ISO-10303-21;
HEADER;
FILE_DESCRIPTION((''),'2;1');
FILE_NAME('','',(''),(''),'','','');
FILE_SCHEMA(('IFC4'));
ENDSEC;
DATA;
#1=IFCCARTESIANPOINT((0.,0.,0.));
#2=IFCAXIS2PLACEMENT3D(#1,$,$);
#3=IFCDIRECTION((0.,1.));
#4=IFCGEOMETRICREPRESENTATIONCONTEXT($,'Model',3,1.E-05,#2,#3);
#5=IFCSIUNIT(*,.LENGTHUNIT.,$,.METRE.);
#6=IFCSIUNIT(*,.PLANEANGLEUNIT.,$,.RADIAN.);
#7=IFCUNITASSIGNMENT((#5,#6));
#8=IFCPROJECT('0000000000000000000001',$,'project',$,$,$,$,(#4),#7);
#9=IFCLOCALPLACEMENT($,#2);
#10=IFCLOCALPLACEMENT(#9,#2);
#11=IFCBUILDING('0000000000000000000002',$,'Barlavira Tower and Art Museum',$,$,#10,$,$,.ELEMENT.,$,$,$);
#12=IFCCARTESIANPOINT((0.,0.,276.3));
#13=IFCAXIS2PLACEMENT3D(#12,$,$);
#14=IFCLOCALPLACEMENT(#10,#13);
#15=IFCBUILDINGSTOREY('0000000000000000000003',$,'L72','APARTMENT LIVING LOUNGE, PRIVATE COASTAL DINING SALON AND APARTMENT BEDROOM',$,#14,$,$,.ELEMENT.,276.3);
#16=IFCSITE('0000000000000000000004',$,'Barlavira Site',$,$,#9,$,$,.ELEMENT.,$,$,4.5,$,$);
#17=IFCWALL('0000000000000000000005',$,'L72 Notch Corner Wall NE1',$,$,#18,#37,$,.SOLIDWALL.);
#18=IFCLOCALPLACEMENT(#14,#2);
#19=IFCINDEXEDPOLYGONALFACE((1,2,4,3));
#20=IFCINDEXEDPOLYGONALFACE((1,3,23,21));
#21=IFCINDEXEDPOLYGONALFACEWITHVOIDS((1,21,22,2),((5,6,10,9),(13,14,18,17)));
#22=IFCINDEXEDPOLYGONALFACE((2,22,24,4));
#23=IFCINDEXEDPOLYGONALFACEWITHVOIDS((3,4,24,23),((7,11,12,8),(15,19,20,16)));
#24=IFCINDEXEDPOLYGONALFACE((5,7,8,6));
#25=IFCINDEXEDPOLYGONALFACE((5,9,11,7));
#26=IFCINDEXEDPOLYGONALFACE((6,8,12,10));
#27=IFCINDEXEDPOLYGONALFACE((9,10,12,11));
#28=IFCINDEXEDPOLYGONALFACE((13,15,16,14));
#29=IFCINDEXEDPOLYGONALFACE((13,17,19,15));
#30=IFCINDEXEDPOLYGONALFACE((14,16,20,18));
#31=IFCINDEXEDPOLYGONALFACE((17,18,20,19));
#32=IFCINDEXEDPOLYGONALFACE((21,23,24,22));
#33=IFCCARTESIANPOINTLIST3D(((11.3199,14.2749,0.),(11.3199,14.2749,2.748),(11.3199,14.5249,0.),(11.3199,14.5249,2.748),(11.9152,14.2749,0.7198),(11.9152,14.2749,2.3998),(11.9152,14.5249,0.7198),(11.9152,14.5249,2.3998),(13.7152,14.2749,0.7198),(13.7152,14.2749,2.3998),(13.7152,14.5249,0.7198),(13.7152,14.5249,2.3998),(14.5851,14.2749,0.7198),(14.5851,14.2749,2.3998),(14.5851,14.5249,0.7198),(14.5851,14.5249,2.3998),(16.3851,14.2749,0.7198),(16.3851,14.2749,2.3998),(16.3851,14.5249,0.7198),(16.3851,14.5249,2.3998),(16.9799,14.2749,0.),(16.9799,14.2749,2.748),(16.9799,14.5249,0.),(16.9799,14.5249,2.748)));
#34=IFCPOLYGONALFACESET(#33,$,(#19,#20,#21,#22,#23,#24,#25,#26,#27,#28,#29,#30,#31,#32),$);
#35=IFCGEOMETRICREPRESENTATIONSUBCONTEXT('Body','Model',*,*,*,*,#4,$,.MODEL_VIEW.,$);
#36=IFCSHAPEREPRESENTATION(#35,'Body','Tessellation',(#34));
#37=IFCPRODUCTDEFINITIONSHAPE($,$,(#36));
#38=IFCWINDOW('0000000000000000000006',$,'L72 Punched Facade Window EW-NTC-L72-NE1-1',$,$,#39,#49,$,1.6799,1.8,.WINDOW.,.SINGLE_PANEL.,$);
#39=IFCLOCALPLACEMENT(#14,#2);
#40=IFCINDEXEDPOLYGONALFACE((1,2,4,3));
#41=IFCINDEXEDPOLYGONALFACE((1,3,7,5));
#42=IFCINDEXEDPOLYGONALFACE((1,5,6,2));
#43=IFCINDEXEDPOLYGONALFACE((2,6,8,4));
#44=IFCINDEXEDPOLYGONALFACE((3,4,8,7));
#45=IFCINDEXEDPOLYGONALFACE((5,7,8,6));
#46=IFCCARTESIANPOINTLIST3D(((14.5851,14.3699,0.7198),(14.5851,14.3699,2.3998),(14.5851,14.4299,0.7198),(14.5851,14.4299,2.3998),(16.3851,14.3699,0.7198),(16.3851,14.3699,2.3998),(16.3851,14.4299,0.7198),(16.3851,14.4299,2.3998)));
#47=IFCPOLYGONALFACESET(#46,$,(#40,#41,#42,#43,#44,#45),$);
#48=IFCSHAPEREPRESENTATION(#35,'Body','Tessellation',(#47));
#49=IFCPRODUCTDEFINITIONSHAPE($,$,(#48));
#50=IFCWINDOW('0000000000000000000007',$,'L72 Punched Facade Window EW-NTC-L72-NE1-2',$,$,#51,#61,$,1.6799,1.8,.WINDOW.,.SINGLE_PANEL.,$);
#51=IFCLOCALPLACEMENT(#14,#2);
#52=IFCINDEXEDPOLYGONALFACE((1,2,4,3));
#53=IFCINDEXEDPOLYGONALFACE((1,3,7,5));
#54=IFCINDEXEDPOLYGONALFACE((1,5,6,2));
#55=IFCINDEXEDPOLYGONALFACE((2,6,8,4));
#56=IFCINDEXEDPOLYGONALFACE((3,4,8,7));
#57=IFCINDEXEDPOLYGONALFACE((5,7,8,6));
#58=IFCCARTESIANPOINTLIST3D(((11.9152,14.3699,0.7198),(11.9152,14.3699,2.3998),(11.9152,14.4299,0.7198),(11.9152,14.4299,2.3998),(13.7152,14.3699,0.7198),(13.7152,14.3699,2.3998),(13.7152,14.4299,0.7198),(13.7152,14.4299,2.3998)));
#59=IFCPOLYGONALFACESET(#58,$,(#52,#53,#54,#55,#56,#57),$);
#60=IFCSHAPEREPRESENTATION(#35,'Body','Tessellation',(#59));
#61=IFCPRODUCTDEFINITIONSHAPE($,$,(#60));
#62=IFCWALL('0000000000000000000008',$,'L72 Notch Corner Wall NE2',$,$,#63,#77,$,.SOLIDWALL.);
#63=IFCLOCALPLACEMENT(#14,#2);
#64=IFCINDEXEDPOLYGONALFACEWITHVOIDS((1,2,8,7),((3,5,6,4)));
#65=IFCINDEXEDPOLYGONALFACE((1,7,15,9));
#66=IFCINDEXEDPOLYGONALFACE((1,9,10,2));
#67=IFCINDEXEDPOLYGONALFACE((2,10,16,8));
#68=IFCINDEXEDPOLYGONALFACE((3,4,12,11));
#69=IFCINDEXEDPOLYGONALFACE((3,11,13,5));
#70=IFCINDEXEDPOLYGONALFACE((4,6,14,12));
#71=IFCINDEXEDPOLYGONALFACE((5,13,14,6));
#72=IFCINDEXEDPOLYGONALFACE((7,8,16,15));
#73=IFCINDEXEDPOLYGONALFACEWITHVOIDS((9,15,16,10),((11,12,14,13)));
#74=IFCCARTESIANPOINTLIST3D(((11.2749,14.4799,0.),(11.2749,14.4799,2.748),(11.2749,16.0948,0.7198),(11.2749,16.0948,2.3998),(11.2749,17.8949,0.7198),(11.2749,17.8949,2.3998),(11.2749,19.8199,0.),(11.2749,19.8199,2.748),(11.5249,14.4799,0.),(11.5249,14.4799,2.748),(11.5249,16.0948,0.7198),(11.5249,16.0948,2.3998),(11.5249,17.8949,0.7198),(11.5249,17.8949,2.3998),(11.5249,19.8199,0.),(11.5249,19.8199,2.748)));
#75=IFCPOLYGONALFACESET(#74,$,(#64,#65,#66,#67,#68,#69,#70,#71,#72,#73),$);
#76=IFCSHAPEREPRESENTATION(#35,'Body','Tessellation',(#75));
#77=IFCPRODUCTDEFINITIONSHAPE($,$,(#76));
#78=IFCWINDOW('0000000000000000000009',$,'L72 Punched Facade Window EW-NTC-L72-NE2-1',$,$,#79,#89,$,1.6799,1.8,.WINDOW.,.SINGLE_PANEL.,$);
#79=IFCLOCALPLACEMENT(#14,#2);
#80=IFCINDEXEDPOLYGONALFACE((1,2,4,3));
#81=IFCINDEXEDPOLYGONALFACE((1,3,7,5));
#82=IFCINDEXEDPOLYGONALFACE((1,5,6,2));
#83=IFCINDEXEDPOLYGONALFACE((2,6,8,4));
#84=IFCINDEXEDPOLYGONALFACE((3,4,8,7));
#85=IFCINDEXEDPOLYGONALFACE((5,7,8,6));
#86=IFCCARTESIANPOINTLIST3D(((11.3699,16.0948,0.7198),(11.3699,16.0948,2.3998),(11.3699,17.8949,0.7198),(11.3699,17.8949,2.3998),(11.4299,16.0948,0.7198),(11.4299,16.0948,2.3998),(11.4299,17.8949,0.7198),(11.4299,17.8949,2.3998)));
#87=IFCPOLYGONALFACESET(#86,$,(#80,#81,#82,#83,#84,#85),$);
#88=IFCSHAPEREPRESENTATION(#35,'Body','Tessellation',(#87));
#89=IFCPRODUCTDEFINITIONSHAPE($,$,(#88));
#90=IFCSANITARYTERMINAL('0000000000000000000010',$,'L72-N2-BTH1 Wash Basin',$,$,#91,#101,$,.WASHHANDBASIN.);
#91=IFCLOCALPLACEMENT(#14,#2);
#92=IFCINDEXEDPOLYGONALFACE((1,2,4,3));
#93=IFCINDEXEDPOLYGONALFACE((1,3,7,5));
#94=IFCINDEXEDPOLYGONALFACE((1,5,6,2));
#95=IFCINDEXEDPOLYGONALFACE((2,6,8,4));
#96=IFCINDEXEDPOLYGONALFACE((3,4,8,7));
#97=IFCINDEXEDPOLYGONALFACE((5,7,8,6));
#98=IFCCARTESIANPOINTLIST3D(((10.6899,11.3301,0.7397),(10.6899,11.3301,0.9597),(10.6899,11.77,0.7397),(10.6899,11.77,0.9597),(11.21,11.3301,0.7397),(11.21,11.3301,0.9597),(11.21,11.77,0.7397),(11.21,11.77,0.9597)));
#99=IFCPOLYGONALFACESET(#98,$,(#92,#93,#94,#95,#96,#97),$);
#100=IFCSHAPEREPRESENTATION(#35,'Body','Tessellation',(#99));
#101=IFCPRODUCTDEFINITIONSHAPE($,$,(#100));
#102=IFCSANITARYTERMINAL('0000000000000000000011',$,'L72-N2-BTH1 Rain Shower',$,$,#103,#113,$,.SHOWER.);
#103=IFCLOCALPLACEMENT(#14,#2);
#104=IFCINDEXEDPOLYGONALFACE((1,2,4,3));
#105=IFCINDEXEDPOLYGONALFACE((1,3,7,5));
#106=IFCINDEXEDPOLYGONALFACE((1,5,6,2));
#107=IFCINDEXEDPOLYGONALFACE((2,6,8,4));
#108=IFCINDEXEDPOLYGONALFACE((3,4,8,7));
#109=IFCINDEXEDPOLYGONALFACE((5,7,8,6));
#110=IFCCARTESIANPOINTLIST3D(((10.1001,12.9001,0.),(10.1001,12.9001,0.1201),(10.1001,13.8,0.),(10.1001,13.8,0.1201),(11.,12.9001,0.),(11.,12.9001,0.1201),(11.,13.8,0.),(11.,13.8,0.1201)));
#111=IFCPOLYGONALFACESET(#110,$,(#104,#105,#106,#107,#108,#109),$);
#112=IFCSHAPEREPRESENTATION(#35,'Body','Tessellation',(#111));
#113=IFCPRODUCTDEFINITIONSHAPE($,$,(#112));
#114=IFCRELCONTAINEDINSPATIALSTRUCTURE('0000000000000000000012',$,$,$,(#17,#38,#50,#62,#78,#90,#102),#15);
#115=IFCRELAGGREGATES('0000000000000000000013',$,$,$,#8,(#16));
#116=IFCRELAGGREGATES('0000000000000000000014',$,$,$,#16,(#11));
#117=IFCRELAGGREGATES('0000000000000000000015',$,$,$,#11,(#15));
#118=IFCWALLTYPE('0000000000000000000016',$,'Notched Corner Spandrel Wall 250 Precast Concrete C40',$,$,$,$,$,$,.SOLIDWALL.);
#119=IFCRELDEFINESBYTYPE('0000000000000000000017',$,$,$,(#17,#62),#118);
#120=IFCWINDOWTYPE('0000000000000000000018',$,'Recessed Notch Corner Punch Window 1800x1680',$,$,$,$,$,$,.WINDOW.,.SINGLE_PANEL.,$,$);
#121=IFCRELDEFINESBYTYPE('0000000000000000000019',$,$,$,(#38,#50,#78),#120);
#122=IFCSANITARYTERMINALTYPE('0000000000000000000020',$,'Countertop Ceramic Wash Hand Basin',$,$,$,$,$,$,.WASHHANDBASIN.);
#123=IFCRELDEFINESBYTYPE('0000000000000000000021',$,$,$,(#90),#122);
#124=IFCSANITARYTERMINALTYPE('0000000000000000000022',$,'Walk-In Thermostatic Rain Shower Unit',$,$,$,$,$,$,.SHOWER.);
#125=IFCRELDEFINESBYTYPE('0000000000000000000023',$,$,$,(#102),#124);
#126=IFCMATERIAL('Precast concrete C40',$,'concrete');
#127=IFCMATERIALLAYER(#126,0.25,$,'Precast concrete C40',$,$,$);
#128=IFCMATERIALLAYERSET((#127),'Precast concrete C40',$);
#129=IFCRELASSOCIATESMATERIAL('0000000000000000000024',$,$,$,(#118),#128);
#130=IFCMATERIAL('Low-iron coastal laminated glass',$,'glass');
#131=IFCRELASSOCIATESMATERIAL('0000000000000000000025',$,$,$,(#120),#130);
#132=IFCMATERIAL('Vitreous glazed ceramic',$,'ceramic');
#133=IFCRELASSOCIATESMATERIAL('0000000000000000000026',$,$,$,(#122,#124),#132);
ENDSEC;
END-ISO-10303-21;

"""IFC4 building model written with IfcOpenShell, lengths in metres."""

from ifc_helpers import new_model, si_unit, direction, frame, frame_2d, origin, origin_2d, place, context, subcontext, project, spatial, rectangle, extrude, material, layer, layer_set, type_object, element, fill, save


model = new_model("IFC4")

# Units and contexts
model_context = context("Model", 3, precision=1e-05, world=origin(), true_north=direction((0.0, 1.0)))
body_context = subcontext(model_context, "Body", "Model", "MODEL_VIEW")
ifc_project = project(units=[si_unit("LENGTHUNIT", "METRE"), si_unit("PLANEANGLEUNIT", "RADIAN")], contexts=[model_context])

# Site, building, storey
site_placement = place(None, origin())
site = spatial("IfcSite", under=ifc_project, at=site_placement, Name="Barlavira Site", CompositionType="ELEMENT", RefElevation=4.5)
building_placement = place(site_placement, origin())
building = spatial("IfcBuilding", under=site, at=building_placement, Name="Barlavira Tower and Art Museum", CompositionType="ELEMENT")
storey_placement = place(building_placement, frame((0.0, 0.0, 276.3)))
storey = spatial("IfcBuildingStorey", under=building, at=storey_placement, Name="L72", Description="APARTMENT LIVING LOUNGE, PRIVATE COASTAL DINING SALON AND APARTMENT BEDROOM", CompositionType="ELEMENT", Elevation=276.3)

# Shared definitions
ifc_material_1 = material(Name="Low-iron coastal laminated glass", Category="glass")

# Shared definitions
ifc_material_2 = material(Name="Precast concrete C40", Category="concrete")
ifc_layer_1 = layer(ifc_material_2, 0.25, Name="Precast concrete C40")
ifc_layer_set_1 = layer_set([ifc_layer_1], Name="Precast concrete C40")
wall_type_1 = type_object("IfcWallType", Name="Notched Corner Spandrel Wall 250 Precast Concrete C40", PredefinedType="SOLIDWALL", material=ifc_layer_set_1)

# Wall, openings, windows
wall_1_placement = place(storey_placement, frame((16.98, 14.3999, 0.0), z_axis=(0.0, 0.0, 1.0), x_axis=(-1.0, 0.0, 0.0)))
wall_1 = element("IfcWall", 1, at=wall_1_placement, inside=storey, type_object=wall_type_1, Name="L72 Notch Corner Wall NE1", PredefinedType="SOLIDWALL", context=body_context, shape_type="SweptSolid", body=[
    extrude(rectangle(XDim=5.6599, YDim=0.25, at=frame_2d((2.8301, 0.0))), origin(), (0.0, 0.0, 1.0), 2.748),
])
opening_1_placement = place(wall_1_placement, frame((0.595, 0.0, 0.72)))
opening_1 = element("IfcOpeningElement", 2, at=opening_1_placement, cuts=wall_1, PredefinedType="OPENING", context=body_context, shape_type="SweptSolid", body=[
    extrude(rectangle(XDim=1.8, YDim=1.6799, at=frame_2d((0.8999, 0.8398))), frame((0.0, 0.135, 0.0), z_axis=(0.0, -1.0, 0.0), x_axis=(1.0, 0.0, 0.0)), (0.0, 0.0, 1.0), 0.27),
])
opening_2_placement = place(wall_1_placement, frame((3.2649, 0.0, 0.72)))
opening_2 = element("IfcOpeningElement", 3, at=opening_2_placement, cuts=wall_1, PredefinedType="OPENING", context=body_context, shape_type="SweptSolid", body=[
    extrude(rectangle(XDim=1.8, YDim=1.6799, at=frame_2d((0.8999, 0.8398))), frame((0.0, 0.135, 0.0), z_axis=(0.0, -1.0, 0.0), x_axis=(1.0, 0.0, 0.0)), (0.0, 0.0, 1.0), 0.27),
])
window_type_1 = type_object("IfcWindowType", Name="Recessed Notch Corner Punch Window 1800x1680", PartitioningType="SINGLE_PANEL", PredefinedType="WINDOW", material=ifc_material_1)
window_1_placement = place(opening_1_placement, origin())
window_1 = element("IfcWindow", 4, at=window_1_placement, inside=storey, type_object=window_type_1, Name="L72 Punched Facade Window EW-NTC-L72-NE1-1", OverallHeight=1.6799, OverallWidth=1.8, PartitioningType="SINGLE_PANEL", PredefinedType="WINDOW", context=body_context, shape_type="SweptSolid", body=[
    extrude(rectangle(XDim=1.8, YDim=1.6799, at=frame_2d((0.8999, 0.8398))), frame((0.0, 0.03, 0.0), z_axis=(0.0, -1.0, 0.0), x_axis=(1.0, 0.0, 0.0)), (0.0, 0.0, 1.0), 0.0601),
])
fill(opening_1, window_1)
window_2_placement = place(opening_2_placement, origin())
window_2 = element("IfcWindow", 5, at=window_2_placement, inside=storey, type_object=window_type_1, Name="L72 Punched Facade Window EW-NTC-L72-NE1-2", OverallHeight=1.6799, OverallWidth=1.8, PartitioningType="SINGLE_PANEL", PredefinedType="WINDOW", context=body_context, shape_type="SweptSolid", body=[
    extrude(rectangle(XDim=1.8, YDim=1.6799, at=frame_2d((0.8999, 0.8398))), frame((0.0, 0.03, 0.0), z_axis=(0.0, -1.0, 0.0), x_axis=(1.0, 0.0, 0.0)), (0.0, 0.0, 1.0), 0.0601),
])
fill(opening_2, window_2)

# Wall, opening, window
wall_2_placement = place(storey_placement, frame((11.3999, 14.48, 0.0), z_axis=(0.0, 0.0, 1.0), x_axis=(0.0, 1.0, 0.0)))
wall_2 = element("IfcWall", 6, at=wall_2_placement, inside=storey, type_object=wall_type_1, Name="L72 Notch Corner Wall NE2", PredefinedType="SOLIDWALL", context=body_context, shape_type="SweptSolid", body=[
    extrude(rectangle(XDim=5.3401, YDim=0.25, at=frame_2d((2.6699, 0.0))), origin(), (0.0, 0.0, 1.0), 2.748),
])
opening_3_placement = place(wall_2_placement, frame((1.615, 0.0, 0.72)))
opening_3 = element("IfcOpeningElement", 7, at=opening_3_placement, cuts=wall_2, PredefinedType="OPENING", context=body_context, shape_type="SweptSolid", body=[
    extrude(rectangle(XDim=1.8, YDim=1.6799, at=frame_2d((0.8999, 0.8398))), frame((0.0, 0.135, 0.0), z_axis=(0.0, -1.0, 0.0), x_axis=(1.0, 0.0, 0.0)), (0.0, 0.0, 1.0), 0.27),
])
window_3_placement = place(opening_3_placement, origin())
window_3 = element("IfcWindow", 8, at=window_3_placement, inside=storey, type_object=window_type_1, Name="L72 Punched Facade Window EW-NTC-L72-NE2-1", OverallHeight=1.6799, OverallWidth=1.8, PartitioningType="SINGLE_PANEL", PredefinedType="WINDOW", context=body_context, shape_type="SweptSolid", body=[
    extrude(rectangle(XDim=1.8, YDim=1.6799, at=frame_2d((0.8999, 0.8398))), frame((0.0, 0.03, 0.0), z_axis=(0.0, -1.0, 0.0), x_axis=(1.0, 0.0, 0.0)), (0.0, 0.0, 1.0), 0.0601),
])
fill(opening_3, window_3)

# Sanitary terminals
ifc_material_3 = material(Name="Vitreous glazed ceramic", Category="ceramic")
sanitary_terminal_type_1 = type_object("IfcSanitaryTerminalType", Name="Countertop Ceramic Wash Hand Basin", PredefinedType="WASHHANDBASIN", material=ifc_material_3)
sanitary_terminal_1_placement = place(storey_placement, frame((10.95, 11.55, 0.7397), z_axis=(0.0, 0.0, 1.0), x_axis=(1.0, 0.0, 0.0)))
element("IfcSanitaryTerminal", 9, at=sanitary_terminal_1_placement, inside=storey, type_object=sanitary_terminal_type_1, Name="L72-N2-BTH1 Wash Basin", PredefinedType="WASHHANDBASIN", context=body_context, shape_type="SweptSolid", body=[
    extrude(rectangle(XDim=0.52, YDim=0.4399, at=origin_2d()), origin(), (0.0, 0.0, 1.0), 0.22),
])
sanitary_terminal_type_2 = type_object("IfcSanitaryTerminalType", Name="Walk-In Thermostatic Rain Shower Unit", PredefinedType="SHOWER", material=ifc_material_3)
sanitary_terminal_2_placement = place(storey_placement, frame((10.55, 13.3501, 0.0), z_axis=(0.0, 0.0, 1.0), x_axis=(1.0, 0.0, 0.0)))
element("IfcSanitaryTerminal", 10, at=sanitary_terminal_2_placement, inside=storey, type_object=sanitary_terminal_type_2, Name="L72-N2-BTH1 Rain Shower", PredefinedType="SHOWER", context=body_context, shape_type="SweptSolid", body=[
    extrude(rectangle(XDim=0.8999, YDim=0.8999, at=origin_2d()), origin(), (0.0, 0.0, 1.0), 0.1201),
])

save(model, "model.ifc")
